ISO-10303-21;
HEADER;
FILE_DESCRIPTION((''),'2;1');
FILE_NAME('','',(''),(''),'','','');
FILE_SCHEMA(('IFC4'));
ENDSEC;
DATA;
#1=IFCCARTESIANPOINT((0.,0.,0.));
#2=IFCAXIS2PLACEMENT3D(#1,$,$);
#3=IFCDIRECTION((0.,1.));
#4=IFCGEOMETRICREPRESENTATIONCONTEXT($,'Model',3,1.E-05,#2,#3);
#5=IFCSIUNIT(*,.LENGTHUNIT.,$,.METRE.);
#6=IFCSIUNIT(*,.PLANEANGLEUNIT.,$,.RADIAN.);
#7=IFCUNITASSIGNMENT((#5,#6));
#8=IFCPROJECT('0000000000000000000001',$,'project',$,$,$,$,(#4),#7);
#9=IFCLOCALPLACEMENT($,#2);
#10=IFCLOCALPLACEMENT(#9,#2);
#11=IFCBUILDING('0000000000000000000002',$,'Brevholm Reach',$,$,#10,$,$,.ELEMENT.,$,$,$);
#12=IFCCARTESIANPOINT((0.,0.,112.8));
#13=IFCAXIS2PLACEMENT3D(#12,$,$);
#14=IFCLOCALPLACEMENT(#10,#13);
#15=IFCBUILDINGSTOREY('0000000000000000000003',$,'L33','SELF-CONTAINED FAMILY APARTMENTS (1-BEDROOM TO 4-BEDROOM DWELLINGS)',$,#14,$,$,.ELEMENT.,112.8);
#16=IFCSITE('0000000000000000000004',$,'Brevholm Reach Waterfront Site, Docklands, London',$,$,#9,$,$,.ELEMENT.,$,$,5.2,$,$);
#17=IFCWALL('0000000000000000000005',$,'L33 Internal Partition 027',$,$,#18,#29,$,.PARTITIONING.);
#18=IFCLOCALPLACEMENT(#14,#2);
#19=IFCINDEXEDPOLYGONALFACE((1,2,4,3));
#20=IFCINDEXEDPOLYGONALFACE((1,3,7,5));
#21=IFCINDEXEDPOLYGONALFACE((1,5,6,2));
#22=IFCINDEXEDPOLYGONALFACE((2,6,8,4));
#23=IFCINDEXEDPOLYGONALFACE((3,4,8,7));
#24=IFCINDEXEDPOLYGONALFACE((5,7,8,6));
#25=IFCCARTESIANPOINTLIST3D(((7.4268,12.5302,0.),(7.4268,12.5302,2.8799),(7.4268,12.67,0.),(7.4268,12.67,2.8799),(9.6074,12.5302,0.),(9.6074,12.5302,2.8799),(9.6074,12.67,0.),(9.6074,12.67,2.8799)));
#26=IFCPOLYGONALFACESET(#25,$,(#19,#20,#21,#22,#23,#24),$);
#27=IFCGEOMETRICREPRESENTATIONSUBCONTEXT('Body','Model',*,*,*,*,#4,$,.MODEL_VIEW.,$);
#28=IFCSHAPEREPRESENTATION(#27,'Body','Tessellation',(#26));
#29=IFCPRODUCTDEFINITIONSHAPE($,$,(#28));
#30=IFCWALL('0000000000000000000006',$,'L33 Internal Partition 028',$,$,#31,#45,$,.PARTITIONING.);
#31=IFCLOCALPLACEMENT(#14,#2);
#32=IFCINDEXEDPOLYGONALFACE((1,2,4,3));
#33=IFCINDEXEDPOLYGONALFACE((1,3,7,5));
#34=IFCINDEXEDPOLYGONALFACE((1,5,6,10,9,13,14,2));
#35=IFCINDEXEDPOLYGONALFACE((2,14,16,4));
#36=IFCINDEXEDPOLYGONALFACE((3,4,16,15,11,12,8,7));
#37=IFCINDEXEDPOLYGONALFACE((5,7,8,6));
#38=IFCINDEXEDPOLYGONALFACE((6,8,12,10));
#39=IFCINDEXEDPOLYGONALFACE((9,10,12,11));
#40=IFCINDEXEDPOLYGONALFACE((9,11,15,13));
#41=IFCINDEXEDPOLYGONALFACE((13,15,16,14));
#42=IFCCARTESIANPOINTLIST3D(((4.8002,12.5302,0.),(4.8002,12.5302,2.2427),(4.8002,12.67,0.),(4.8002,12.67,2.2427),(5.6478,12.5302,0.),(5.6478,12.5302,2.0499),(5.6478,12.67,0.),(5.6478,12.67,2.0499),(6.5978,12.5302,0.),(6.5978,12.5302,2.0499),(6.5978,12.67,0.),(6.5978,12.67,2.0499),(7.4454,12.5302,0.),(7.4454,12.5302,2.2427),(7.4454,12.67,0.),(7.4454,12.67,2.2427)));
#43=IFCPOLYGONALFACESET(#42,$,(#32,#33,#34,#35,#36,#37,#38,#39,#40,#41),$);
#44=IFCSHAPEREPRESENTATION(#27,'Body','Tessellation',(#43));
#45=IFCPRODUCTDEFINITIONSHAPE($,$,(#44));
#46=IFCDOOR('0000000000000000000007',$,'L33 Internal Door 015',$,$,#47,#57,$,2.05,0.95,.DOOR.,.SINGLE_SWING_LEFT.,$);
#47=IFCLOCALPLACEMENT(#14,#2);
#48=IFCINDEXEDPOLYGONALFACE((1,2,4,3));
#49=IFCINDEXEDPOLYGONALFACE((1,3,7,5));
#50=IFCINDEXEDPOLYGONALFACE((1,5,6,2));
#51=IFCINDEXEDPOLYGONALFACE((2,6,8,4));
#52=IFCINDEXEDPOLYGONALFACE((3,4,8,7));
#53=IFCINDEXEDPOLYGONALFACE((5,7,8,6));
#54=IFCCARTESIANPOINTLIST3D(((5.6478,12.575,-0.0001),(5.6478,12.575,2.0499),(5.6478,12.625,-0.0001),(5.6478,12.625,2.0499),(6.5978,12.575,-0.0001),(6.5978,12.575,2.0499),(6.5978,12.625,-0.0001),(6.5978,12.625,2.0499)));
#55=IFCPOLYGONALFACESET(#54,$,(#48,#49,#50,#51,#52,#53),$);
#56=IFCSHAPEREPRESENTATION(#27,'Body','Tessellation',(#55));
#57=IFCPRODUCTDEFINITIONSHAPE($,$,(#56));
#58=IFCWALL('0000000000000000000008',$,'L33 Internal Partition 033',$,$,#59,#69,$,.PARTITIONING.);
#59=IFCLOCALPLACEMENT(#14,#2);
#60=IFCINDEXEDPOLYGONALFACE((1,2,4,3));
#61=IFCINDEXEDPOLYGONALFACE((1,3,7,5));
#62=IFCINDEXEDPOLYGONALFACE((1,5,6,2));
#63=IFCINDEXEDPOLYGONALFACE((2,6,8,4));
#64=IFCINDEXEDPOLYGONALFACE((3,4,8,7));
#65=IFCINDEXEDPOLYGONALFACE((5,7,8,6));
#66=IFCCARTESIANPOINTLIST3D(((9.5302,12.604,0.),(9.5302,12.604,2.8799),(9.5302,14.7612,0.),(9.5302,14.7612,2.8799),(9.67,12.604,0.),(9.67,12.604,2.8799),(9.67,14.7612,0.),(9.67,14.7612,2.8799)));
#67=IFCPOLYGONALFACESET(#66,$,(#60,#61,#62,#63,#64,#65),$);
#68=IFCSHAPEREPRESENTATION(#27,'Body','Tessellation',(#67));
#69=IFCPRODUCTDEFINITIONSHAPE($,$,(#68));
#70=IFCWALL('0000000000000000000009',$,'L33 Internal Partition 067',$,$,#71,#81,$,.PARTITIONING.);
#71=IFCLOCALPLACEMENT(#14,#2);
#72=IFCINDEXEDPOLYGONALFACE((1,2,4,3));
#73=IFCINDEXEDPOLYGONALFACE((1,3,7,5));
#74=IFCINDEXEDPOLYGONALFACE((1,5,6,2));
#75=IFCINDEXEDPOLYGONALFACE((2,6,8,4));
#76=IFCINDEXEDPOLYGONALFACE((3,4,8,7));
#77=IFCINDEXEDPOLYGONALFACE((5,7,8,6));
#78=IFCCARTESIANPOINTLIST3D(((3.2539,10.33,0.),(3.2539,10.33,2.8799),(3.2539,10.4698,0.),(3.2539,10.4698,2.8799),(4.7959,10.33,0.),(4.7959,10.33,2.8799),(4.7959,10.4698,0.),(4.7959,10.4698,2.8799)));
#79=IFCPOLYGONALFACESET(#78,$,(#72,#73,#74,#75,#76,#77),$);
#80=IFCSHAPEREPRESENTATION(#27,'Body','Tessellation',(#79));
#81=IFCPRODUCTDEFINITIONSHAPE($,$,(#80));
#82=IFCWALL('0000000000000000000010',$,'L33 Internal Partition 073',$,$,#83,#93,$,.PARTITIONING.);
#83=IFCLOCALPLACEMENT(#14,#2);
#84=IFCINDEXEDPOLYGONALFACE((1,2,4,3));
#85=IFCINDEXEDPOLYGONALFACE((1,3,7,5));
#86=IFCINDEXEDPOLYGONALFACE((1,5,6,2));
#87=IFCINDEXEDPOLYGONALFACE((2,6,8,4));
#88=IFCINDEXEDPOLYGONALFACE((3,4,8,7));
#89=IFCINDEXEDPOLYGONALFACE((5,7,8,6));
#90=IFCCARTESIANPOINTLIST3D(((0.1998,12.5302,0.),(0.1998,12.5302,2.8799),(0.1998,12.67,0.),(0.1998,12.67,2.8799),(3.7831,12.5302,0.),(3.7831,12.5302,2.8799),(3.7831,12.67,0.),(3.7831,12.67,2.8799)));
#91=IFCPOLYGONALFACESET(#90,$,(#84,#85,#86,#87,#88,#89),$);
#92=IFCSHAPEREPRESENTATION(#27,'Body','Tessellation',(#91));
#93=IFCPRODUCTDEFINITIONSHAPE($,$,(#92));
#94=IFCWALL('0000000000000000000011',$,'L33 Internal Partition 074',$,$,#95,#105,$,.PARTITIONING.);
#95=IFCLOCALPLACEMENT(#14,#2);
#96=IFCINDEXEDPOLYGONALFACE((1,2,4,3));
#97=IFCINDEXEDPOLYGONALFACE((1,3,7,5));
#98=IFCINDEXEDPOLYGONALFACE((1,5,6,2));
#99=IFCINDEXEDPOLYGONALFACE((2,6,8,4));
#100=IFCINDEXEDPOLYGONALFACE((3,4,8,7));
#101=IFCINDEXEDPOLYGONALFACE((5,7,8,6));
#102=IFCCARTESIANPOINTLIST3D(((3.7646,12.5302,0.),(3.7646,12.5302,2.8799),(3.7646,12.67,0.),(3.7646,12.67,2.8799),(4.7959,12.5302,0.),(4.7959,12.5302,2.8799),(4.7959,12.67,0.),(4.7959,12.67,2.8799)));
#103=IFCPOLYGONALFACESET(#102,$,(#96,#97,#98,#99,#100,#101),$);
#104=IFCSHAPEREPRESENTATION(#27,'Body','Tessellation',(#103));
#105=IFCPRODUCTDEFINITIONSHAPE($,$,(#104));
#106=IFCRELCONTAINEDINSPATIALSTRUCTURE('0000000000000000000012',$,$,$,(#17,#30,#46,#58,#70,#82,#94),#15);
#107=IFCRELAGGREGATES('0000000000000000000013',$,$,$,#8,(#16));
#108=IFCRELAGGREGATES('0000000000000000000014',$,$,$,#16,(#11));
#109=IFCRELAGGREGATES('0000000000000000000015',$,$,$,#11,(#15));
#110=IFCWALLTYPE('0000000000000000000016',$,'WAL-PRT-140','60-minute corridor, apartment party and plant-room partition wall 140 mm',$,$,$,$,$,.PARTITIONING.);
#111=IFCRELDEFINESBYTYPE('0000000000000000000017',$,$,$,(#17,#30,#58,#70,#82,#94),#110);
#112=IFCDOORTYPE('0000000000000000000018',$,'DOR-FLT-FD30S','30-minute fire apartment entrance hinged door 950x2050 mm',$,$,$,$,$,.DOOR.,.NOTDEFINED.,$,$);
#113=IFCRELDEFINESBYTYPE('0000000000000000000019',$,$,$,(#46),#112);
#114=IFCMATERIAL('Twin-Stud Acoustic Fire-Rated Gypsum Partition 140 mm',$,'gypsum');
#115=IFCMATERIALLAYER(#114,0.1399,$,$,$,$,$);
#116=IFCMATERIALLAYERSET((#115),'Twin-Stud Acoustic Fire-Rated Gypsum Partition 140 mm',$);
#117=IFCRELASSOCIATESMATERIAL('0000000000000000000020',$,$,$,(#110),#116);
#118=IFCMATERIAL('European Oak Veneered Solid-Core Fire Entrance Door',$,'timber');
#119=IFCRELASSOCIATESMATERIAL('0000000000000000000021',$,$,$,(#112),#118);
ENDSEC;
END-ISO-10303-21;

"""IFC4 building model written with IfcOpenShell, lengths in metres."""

from ifc_helpers import new_model, si_unit, direction, frame, frame_2d, origin, place, context, subcontext, project, spatial, rectangle, extrude, material, layer, layer_set, type_object, element, fill, save


model = new_model("IFC4")

# Units and contexts
model_context = context("Model", 3, precision=1e-05, world=origin(), true_north=direction((0.0, 1.0)))
body_context = subcontext(model_context, "Body", "Model", "MODEL_VIEW")
ifc_project = project(units=[si_unit("LENGTHUNIT", "METRE"), si_unit("PLANEANGLEUNIT", "RADIAN")], contexts=[model_context])

# Site, building, storey
site_placement = place(None, origin())
site = spatial("IfcSite", under=ifc_project, at=site_placement, Name="Brevholm Reach Waterfront Site, Docklands, London", CompositionType="ELEMENT", RefElevation=5.2)
building_placement = place(site_placement, origin())
building = spatial("IfcBuilding", under=site, at=building_placement, Name="Brevholm Reach", CompositionType="ELEMENT")
storey_placement = place(building_placement, frame((0.0, 0.0, 112.8)))
storey = spatial("IfcBuildingStorey", under=building, at=storey_placement, Name="L33", Description="SELF-CONTAINED FAMILY APARTMENTS (1-BEDROOM TO 4-BEDROOM DWELLINGS)", CompositionType="ELEMENT", Elevation=112.8)

# Shared definitions
ifc_material_1 = material(Name="Twin-Stud Acoustic Fire-Rated Gypsum Partition 140 mm", Category="gypsum")
ifc_layer_1 = layer(ifc_material_1, 0.1399)
ifc_layer_set_1 = layer_set([ifc_layer_1], Name="Twin-Stud Acoustic Fire-Rated Gypsum Partition 140 mm")
wall_type_1 = type_object("IfcWallType", Name="WAL-PRT-140", Description="60-minute corridor, apartment party and plant-room partition wall 140 mm", PredefinedType="PARTITIONING", material=ifc_layer_set_1)

# Shared definitions
ifc_material_2 = material(Name="European Oak Veneered Solid-Core Fire Entrance Door", Category="timber")
door_type_1 = type_object("IfcDoorType", Name="DOR-FLT-FD30S", Description="30-minute fire apartment entrance hinged door 950x2050 mm", OperationType="NOTDEFINED", PredefinedType="DOOR", material=ifc_material_2)

# Wall
wall_1_placement = place(storey_placement, frame((7.4268, 12.6001, 0.0), z_axis=(0.0, 0.0, 1.0), x_axis=(1.0, 0.0, 0.0)))
element("IfcWall", 1, at=wall_1_placement, inside=storey, type_object=wall_type_1, Name="L33 Internal Partition 027", PredefinedType="PARTITIONING", context=body_context, shape_type="SweptSolid", body=[
    extrude(rectangle(XDim=2.1807, YDim=0.1399, at=frame_2d((1.0903, 0.0))), origin(), (0.0, 0.0, 1.0), 2.8799),
])

# Wall, opening, door
wall_2_placement = place(storey_placement, frame((4.8, 12.6001, 0.0), z_axis=(0.0, 0.0, 1.0), x_axis=(1.0, 0.0, 0.0)))
wall_2 = element("IfcWall", 2, at=wall_2_placement, inside=storey, type_object=wall_type_1, Name="L33 Internal Partition 028", PredefinedType="PARTITIONING", context=body_context, shape_type="SweptSolid", body=[
    extrude(rectangle(XDim=2.6453, YDim=0.1399, at=frame_2d((1.3228, 0.0))), origin(), (0.0, 0.0, 1.0), 2.2427),
])
opening_1_placement = place(wall_2_placement, frame((0.8477, 0.0, 0.0)))
opening_1 = element("IfcOpeningElement", 3, at=opening_1_placement, cuts=wall_2, PredefinedType="OPENING", context=body_context, shape_type="SweptSolid", body=[
    extrude(rectangle(XDim=0.95, YDim=2.05, at=frame_2d((0.4751, 1.0249))), frame((0.0, 0.0798, 0.0), z_axis=(0.0, -1.0, 0.0), x_axis=(1.0, 0.0, 0.0)), (0.0, 0.0, 1.0), 0.1599),
])
door_1_placement = place(opening_1_placement, origin())
door_1 = element("IfcDoor", 4, at=door_1_placement, inside=storey, type_object=door_type_1, Name="L33 Internal Door 015", OperationType="SINGLE_SWING_LEFT", OverallHeight=2.05, OverallWidth=0.95, PredefinedType="DOOR", context=body_context, shape_type="SweptSolid", body=[
    extrude(rectangle(XDim=0.95, YDim=2.05, at=frame_2d((0.4751, 1.0249))), frame((0.0, 0.0249, 0.0), z_axis=(0.0, -1.0, 0.0), x_axis=(1.0, 0.0, 0.0)), (0.0, 0.0, 1.0), 0.05),
])
fill(opening_1, door_1)

# Walls
wall_3_placement = place(storey_placement, frame((9.6001, 12.604, 0.0), z_axis=(0.0, 0.0, 1.0), x_axis=(0.0, 1.0, 0.0)))
element("IfcWall", 5, at=wall_3_placement, inside=storey, type_object=wall_type_1, Name="L33 Internal Partition 033", PredefinedType="PARTITIONING", context=body_context, shape_type="SweptSolid", body=[
    extrude(rectangle(XDim=2.1572, YDim=0.1399, at=frame_2d((1.0786, 0.0))), origin(), (0.0, 0.0, 1.0), 2.8799),
])
wall_4_placement = place(storey_placement, frame((3.2539, 10.3999, 0.0), z_axis=(0.0, 0.0, 1.0), x_axis=(1.0, 0.0, 0.0)))
element("IfcWall", 6, at=wall_4_placement, inside=storey, type_object=wall_type_1, Name="L33 Internal Partition 067", PredefinedType="PARTITIONING", context=body_context, shape_type="SweptSolid", body=[
    extrude(rectangle(XDim=1.542, YDim=0.1399, at=frame_2d((0.771, 0.0))), origin(), (0.0, 0.0, 1.0), 2.8799),
])
wall_5_placement = place(storey_placement, frame((0.2, 12.6001, 0.0), z_axis=(0.0, 0.0, 1.0), x_axis=(1.0, 0.0, 0.0)))
element("IfcWall", 7, at=wall_5_placement, inside=storey, type_object=wall_type_1, Name="L33 Internal Partition 073", PredefinedType="PARTITIONING", context=body_context, shape_type="SweptSolid", body=[
    extrude(rectangle(XDim=3.5833, YDim=0.1399, at=frame_2d((1.7915, 0.0))), origin(), (0.0, 0.0, 1.0), 2.8799),
])
wall_6_placement = place(storey_placement, frame((3.7646, 12.6001, 0.0), z_axis=(0.0, 0.0, 1.0), x_axis=(1.0, 0.0, 0.0)))
element("IfcWall", 8, at=wall_6_placement, inside=storey, type_object=wall_type_1, Name="L33 Internal Partition 074", PredefinedType="PARTITIONING", context=body_context, shape_type="SweptSolid", body=[
    extrude(rectangle(XDim=1.0312, YDim=0.1399, at=frame_2d((0.5156, 0.0))), origin(), (0.0, 0.0, 1.0), 2.8799),
])

save(model, "model.ifc")
